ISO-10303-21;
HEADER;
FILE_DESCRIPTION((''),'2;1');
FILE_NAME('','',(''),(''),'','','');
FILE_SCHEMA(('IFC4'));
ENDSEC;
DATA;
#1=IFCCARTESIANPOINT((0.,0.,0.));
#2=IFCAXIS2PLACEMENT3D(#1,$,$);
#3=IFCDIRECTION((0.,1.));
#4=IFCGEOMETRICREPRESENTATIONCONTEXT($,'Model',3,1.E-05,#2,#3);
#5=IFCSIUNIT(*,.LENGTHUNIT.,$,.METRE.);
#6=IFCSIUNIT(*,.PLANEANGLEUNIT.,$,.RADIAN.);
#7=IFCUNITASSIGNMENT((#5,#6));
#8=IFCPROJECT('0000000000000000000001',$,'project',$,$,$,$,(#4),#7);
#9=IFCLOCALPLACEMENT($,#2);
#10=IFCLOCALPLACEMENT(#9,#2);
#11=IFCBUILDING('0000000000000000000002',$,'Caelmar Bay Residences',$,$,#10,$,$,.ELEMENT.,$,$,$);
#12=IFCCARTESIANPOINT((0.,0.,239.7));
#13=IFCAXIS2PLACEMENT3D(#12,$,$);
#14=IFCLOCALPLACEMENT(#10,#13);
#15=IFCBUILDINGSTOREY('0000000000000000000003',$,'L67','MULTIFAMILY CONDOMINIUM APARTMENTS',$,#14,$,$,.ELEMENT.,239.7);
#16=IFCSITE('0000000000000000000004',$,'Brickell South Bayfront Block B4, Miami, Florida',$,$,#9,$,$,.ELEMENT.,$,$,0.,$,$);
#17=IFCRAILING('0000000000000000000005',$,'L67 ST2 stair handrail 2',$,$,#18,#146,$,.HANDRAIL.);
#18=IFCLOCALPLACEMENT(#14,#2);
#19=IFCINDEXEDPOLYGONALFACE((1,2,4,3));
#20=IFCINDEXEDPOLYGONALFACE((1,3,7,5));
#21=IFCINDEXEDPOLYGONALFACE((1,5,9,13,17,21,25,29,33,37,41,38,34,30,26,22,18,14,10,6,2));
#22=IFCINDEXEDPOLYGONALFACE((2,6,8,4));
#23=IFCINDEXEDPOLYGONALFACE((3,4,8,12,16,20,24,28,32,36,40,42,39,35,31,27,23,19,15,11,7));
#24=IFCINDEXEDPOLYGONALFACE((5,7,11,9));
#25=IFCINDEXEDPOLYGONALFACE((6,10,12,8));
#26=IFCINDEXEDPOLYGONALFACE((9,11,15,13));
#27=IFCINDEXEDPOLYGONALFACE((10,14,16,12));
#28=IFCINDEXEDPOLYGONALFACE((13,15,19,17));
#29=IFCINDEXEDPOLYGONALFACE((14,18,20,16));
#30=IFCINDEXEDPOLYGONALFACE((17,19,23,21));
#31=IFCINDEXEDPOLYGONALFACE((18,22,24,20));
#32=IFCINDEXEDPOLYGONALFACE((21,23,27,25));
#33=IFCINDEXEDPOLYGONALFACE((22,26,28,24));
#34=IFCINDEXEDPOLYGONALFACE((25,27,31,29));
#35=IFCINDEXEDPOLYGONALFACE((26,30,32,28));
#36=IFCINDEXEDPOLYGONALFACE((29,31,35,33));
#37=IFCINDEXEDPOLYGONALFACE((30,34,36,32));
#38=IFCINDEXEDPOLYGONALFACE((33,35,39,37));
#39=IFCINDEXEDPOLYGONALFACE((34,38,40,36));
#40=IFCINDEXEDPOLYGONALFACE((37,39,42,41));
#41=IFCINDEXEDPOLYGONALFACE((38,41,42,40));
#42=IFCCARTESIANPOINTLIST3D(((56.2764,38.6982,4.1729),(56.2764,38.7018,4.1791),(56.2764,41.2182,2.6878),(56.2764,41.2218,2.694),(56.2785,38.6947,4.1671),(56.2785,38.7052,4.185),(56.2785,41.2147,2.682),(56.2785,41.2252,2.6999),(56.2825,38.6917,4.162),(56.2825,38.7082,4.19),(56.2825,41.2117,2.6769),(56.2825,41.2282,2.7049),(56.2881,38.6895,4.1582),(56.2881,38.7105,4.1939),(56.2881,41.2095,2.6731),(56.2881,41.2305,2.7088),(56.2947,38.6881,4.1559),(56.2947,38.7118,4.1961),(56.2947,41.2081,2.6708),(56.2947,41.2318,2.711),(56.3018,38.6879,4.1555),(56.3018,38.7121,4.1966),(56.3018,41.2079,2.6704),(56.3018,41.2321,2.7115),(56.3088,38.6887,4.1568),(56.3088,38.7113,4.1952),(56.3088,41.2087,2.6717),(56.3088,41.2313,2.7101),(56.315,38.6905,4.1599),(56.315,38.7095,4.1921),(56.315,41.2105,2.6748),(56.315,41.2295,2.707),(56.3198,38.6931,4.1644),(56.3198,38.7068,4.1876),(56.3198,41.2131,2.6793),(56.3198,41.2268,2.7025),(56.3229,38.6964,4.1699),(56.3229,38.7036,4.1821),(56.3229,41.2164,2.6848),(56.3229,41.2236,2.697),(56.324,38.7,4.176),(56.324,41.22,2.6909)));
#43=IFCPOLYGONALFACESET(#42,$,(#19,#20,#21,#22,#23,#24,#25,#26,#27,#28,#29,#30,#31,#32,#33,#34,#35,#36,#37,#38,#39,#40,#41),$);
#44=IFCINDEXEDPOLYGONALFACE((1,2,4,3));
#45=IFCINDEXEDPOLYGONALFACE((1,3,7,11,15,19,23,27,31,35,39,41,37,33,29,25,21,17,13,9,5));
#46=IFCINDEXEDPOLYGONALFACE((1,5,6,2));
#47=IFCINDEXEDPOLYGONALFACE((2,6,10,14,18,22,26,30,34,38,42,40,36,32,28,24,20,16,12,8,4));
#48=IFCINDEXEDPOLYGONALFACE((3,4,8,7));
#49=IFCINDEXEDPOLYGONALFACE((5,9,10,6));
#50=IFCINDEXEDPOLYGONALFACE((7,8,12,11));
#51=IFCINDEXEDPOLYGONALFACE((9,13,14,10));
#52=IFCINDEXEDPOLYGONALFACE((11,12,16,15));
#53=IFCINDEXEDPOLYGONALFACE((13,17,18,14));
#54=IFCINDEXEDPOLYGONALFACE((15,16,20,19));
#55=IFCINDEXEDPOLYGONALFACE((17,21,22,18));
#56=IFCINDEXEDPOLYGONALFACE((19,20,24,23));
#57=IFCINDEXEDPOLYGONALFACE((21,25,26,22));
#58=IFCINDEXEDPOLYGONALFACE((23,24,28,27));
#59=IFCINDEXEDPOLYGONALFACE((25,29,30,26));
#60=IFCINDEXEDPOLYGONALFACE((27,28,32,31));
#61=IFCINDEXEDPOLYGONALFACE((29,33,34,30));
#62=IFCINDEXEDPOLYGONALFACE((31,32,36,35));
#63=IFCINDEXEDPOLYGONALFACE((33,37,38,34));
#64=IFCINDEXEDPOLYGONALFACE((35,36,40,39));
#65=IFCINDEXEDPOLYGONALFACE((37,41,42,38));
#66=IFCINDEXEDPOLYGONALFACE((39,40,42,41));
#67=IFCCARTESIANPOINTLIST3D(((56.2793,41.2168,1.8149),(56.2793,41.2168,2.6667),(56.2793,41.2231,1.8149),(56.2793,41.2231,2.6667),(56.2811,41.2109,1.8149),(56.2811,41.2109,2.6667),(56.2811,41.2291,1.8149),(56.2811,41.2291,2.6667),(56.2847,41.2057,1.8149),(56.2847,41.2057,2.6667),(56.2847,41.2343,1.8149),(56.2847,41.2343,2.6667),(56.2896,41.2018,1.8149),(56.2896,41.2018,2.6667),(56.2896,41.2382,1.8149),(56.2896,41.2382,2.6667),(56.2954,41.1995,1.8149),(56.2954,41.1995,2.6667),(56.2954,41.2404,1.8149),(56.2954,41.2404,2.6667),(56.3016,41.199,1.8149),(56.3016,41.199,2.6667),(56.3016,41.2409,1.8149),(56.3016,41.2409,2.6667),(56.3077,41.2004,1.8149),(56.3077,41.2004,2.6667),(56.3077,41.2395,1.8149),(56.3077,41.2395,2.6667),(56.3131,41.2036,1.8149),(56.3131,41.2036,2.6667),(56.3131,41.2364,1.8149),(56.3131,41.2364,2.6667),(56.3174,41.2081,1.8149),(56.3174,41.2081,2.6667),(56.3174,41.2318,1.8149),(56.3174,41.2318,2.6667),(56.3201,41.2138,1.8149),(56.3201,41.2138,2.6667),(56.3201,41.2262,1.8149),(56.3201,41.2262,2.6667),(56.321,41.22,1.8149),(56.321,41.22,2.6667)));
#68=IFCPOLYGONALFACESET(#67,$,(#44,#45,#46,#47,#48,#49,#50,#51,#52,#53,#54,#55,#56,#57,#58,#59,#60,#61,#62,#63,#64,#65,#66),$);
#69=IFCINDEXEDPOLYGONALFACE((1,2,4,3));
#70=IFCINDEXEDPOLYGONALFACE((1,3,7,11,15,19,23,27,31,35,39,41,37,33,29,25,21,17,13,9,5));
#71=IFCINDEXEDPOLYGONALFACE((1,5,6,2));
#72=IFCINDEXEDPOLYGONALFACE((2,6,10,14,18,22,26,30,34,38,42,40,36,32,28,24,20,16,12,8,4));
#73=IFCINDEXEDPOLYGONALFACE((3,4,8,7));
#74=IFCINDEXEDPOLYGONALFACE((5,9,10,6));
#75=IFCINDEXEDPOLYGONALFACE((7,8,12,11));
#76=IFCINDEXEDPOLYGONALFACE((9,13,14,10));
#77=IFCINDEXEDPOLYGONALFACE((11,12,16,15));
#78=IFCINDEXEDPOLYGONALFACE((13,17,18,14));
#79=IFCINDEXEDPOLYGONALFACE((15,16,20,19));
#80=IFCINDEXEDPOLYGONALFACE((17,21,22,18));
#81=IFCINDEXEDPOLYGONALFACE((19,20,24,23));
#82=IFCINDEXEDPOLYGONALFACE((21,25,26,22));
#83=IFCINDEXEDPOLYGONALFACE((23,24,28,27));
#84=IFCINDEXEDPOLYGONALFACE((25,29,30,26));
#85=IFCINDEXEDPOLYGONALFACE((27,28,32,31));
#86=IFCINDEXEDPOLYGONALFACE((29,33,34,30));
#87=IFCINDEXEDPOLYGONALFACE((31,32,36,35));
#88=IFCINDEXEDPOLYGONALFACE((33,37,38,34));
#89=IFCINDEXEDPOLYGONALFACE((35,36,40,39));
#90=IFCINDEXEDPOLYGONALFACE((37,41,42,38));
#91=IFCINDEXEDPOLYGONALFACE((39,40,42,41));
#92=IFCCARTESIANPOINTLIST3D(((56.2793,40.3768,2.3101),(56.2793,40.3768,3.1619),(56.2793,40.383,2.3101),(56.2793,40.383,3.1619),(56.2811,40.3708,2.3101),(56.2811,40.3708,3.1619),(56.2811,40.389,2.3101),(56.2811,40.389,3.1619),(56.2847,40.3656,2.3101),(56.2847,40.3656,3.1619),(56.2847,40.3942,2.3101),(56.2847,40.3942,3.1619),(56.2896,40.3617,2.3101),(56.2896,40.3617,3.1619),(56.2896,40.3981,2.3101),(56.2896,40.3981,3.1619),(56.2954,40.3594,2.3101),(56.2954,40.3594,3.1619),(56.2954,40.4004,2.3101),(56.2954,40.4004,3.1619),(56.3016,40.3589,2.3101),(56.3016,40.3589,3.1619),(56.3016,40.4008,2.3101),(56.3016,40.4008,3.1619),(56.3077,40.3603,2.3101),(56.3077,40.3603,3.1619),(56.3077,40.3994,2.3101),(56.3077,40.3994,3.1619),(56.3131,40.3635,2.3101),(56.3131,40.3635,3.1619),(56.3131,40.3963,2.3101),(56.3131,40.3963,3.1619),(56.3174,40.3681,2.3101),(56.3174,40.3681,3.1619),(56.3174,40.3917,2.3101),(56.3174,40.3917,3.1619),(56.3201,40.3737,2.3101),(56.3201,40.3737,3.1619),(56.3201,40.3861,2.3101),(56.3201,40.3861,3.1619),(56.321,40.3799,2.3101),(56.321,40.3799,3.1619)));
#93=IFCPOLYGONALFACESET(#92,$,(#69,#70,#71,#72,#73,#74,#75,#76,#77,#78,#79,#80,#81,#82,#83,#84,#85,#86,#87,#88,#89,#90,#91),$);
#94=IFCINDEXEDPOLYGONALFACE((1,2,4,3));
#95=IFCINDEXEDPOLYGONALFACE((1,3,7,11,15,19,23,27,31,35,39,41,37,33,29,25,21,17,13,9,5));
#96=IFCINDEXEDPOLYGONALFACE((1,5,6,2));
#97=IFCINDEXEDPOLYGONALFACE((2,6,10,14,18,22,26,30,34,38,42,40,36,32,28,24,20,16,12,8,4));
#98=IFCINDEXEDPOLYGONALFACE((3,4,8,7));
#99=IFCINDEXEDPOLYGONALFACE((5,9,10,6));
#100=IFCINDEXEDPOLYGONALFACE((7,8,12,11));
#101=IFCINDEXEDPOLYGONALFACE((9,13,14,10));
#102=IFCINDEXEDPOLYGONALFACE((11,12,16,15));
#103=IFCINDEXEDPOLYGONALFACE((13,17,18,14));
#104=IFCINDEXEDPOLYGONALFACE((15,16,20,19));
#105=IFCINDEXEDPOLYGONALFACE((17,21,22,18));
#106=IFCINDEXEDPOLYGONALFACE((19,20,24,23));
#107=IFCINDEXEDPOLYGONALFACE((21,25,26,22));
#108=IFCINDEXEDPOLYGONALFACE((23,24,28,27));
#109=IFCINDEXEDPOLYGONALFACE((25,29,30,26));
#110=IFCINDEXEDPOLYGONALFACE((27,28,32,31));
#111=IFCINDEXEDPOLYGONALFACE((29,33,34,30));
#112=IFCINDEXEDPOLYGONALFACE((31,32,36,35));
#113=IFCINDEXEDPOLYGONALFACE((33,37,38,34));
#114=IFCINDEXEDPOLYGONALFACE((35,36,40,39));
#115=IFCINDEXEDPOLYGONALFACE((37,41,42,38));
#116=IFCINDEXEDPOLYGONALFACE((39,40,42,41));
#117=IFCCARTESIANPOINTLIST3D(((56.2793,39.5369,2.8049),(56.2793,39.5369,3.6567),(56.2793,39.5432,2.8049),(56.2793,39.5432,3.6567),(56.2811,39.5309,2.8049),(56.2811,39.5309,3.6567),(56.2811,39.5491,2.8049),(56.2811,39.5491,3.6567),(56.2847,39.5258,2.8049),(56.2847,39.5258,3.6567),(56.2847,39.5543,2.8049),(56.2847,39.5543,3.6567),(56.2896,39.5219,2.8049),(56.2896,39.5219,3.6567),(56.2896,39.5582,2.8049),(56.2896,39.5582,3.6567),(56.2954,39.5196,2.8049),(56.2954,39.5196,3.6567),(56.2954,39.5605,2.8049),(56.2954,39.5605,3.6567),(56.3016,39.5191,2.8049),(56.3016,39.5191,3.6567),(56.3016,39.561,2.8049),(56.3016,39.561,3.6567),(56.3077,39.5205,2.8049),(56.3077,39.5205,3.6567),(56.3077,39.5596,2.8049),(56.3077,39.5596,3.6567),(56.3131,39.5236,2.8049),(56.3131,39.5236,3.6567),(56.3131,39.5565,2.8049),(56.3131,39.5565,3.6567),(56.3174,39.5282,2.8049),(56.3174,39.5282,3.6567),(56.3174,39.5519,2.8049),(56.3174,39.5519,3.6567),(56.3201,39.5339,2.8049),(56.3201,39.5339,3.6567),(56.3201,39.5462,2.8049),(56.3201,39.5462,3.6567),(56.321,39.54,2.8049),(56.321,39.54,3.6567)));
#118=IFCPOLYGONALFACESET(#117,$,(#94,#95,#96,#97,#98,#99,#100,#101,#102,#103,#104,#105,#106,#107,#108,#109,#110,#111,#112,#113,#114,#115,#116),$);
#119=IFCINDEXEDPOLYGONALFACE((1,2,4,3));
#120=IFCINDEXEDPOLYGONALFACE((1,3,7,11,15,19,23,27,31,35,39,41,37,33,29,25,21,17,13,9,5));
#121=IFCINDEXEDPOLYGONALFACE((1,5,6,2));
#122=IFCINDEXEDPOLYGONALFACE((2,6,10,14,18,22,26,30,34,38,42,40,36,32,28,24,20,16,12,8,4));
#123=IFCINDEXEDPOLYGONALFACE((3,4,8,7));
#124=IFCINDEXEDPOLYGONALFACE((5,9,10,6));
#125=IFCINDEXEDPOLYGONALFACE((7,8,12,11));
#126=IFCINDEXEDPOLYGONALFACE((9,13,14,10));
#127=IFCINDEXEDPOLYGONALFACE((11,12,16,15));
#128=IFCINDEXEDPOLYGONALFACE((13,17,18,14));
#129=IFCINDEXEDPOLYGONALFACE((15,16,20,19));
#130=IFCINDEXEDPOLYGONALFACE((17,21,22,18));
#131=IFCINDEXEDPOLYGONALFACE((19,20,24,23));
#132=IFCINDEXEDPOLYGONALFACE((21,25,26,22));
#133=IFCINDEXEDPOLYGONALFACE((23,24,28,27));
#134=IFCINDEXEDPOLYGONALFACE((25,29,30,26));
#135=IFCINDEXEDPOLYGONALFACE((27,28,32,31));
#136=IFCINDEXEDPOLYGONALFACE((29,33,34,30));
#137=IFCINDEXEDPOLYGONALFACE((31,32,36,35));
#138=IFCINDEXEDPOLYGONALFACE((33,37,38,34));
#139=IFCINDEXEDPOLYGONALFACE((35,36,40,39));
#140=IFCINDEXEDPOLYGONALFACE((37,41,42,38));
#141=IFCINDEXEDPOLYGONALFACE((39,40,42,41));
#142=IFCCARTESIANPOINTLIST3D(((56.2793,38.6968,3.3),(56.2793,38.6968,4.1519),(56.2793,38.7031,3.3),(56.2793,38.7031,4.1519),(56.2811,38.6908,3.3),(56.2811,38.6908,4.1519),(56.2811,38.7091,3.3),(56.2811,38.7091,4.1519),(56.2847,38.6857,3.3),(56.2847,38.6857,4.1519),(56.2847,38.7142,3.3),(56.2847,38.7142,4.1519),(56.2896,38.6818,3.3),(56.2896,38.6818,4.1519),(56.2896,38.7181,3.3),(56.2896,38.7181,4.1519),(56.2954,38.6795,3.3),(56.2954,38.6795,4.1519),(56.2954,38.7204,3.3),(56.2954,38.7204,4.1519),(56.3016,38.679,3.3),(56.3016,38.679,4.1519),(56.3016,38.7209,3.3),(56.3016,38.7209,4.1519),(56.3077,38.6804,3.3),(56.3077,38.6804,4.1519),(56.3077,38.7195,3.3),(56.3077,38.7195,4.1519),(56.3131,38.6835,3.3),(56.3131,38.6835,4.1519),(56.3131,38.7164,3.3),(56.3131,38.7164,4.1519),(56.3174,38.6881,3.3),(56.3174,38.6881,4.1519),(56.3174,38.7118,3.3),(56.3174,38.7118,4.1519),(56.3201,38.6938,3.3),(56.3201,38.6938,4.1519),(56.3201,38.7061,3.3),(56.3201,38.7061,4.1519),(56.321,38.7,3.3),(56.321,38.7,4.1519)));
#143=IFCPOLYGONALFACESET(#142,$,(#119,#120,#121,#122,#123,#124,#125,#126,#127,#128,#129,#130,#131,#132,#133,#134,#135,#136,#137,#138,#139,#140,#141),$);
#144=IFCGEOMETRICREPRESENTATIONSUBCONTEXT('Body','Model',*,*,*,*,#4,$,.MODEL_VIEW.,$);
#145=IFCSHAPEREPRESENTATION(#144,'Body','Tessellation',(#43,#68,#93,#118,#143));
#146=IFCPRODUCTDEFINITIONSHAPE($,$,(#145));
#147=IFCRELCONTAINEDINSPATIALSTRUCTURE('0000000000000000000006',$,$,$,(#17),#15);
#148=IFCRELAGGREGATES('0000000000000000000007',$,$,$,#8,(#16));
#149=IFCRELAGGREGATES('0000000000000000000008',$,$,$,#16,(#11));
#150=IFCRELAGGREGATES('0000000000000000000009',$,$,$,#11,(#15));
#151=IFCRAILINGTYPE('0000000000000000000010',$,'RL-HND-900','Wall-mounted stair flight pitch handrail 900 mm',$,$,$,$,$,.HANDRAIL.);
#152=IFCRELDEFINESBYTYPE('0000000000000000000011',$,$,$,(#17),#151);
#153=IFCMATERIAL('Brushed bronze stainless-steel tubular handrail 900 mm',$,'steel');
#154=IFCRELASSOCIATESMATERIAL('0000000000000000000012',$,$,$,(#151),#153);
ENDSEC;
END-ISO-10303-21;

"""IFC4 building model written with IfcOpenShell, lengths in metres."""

from ifc_helpers import new_model, si_unit, direction, frame, origin, origin_2d, place, context, subcontext, project, spatial, circle, extrude, material, type_object, element, save


model = new_model("IFC4")

# Units and contexts
model_context = context("Model", 3, precision=1e-05, world=origin(), true_north=direction((0.0, 1.0)))
body_context = subcontext(model_context, "Body", "Model", "MODEL_VIEW")
ifc_project = project(units=[si_unit("LENGTHUNIT", "METRE"), si_unit("PLANEANGLEUNIT", "RADIAN")], contexts=[model_context])

# Site, building, storey
site_placement = place(None, origin())
site = spatial("IfcSite", under=ifc_project, at=site_placement, Name="Brickell South Bayfront Block B4, Miami, Florida", CompositionType="ELEMENT", RefElevation=0.0)
building_placement = place(site_placement, origin())
building = spatial("IfcBuilding", under=site, at=building_placement, Name="Caelmar Bay Residences", CompositionType="ELEMENT")
storey_placement = place(building_placement, frame((0.0, 0.0, 239.7)))
storey = spatial("IfcBuildingStorey", under=building, at=storey_placement, Name="L67", Description="MULTIFAMILY CONDOMINIUM APARTMENTS", CompositionType="ELEMENT", Elevation=239.7)

# Railing
ifc_material_1 = material(Name="Brushed bronze stainless-steel tubular handrail 900 mm", Category="steel")
railing_type_1 = type_object("IfcRailingType", Name="RL-HND-900", Description="Wall-mounted stair flight pitch handrail 900 mm", PredefinedType="HANDRAIL", material=ifc_material_1)
railing_1_placement = place(storey_placement, frame((56.3, 41.22, 1.8149)))
element("IfcRailing", 1, at=railing_1_placement, inside=storey, type_object=railing_type_1, Name="L67 ST2 stair handrail 2", PredefinedType="HANDRAIL", context=body_context, shape_type="SweptSolid", body=[
    extrude(circle(Radius=0.0239, at=origin_2d()), frame((0.0, 0.0, 0.876), z_axis=(0.0, -0.861524, 0.507717), x_axis=(1.0, 0.0, 0.0)), (0.0, 0.0, 1.0), 2.925),
    extrude(circle(Radius=0.021, at=origin_2d()), origin(), (0.0, 0.0, 1.0), 0.8518),
    extrude(circle(Radius=0.021, at=origin_2d()), frame((0.0, -0.8401, 0.4951)), (0.0, 0.0, 1.0), 0.8518),
    extrude(circle(Radius=0.021, at=origin_2d()), frame((0.0, -1.6799, 0.99)), (0.0, 0.0, 1.0), 0.8518),
    extrude(circle(Radius=0.021, at=origin_2d()), frame((0.0, -2.52, 1.4851)), (0.0, 0.0, 1.0), 0.8518),
])

save(model, "model.ifc")
